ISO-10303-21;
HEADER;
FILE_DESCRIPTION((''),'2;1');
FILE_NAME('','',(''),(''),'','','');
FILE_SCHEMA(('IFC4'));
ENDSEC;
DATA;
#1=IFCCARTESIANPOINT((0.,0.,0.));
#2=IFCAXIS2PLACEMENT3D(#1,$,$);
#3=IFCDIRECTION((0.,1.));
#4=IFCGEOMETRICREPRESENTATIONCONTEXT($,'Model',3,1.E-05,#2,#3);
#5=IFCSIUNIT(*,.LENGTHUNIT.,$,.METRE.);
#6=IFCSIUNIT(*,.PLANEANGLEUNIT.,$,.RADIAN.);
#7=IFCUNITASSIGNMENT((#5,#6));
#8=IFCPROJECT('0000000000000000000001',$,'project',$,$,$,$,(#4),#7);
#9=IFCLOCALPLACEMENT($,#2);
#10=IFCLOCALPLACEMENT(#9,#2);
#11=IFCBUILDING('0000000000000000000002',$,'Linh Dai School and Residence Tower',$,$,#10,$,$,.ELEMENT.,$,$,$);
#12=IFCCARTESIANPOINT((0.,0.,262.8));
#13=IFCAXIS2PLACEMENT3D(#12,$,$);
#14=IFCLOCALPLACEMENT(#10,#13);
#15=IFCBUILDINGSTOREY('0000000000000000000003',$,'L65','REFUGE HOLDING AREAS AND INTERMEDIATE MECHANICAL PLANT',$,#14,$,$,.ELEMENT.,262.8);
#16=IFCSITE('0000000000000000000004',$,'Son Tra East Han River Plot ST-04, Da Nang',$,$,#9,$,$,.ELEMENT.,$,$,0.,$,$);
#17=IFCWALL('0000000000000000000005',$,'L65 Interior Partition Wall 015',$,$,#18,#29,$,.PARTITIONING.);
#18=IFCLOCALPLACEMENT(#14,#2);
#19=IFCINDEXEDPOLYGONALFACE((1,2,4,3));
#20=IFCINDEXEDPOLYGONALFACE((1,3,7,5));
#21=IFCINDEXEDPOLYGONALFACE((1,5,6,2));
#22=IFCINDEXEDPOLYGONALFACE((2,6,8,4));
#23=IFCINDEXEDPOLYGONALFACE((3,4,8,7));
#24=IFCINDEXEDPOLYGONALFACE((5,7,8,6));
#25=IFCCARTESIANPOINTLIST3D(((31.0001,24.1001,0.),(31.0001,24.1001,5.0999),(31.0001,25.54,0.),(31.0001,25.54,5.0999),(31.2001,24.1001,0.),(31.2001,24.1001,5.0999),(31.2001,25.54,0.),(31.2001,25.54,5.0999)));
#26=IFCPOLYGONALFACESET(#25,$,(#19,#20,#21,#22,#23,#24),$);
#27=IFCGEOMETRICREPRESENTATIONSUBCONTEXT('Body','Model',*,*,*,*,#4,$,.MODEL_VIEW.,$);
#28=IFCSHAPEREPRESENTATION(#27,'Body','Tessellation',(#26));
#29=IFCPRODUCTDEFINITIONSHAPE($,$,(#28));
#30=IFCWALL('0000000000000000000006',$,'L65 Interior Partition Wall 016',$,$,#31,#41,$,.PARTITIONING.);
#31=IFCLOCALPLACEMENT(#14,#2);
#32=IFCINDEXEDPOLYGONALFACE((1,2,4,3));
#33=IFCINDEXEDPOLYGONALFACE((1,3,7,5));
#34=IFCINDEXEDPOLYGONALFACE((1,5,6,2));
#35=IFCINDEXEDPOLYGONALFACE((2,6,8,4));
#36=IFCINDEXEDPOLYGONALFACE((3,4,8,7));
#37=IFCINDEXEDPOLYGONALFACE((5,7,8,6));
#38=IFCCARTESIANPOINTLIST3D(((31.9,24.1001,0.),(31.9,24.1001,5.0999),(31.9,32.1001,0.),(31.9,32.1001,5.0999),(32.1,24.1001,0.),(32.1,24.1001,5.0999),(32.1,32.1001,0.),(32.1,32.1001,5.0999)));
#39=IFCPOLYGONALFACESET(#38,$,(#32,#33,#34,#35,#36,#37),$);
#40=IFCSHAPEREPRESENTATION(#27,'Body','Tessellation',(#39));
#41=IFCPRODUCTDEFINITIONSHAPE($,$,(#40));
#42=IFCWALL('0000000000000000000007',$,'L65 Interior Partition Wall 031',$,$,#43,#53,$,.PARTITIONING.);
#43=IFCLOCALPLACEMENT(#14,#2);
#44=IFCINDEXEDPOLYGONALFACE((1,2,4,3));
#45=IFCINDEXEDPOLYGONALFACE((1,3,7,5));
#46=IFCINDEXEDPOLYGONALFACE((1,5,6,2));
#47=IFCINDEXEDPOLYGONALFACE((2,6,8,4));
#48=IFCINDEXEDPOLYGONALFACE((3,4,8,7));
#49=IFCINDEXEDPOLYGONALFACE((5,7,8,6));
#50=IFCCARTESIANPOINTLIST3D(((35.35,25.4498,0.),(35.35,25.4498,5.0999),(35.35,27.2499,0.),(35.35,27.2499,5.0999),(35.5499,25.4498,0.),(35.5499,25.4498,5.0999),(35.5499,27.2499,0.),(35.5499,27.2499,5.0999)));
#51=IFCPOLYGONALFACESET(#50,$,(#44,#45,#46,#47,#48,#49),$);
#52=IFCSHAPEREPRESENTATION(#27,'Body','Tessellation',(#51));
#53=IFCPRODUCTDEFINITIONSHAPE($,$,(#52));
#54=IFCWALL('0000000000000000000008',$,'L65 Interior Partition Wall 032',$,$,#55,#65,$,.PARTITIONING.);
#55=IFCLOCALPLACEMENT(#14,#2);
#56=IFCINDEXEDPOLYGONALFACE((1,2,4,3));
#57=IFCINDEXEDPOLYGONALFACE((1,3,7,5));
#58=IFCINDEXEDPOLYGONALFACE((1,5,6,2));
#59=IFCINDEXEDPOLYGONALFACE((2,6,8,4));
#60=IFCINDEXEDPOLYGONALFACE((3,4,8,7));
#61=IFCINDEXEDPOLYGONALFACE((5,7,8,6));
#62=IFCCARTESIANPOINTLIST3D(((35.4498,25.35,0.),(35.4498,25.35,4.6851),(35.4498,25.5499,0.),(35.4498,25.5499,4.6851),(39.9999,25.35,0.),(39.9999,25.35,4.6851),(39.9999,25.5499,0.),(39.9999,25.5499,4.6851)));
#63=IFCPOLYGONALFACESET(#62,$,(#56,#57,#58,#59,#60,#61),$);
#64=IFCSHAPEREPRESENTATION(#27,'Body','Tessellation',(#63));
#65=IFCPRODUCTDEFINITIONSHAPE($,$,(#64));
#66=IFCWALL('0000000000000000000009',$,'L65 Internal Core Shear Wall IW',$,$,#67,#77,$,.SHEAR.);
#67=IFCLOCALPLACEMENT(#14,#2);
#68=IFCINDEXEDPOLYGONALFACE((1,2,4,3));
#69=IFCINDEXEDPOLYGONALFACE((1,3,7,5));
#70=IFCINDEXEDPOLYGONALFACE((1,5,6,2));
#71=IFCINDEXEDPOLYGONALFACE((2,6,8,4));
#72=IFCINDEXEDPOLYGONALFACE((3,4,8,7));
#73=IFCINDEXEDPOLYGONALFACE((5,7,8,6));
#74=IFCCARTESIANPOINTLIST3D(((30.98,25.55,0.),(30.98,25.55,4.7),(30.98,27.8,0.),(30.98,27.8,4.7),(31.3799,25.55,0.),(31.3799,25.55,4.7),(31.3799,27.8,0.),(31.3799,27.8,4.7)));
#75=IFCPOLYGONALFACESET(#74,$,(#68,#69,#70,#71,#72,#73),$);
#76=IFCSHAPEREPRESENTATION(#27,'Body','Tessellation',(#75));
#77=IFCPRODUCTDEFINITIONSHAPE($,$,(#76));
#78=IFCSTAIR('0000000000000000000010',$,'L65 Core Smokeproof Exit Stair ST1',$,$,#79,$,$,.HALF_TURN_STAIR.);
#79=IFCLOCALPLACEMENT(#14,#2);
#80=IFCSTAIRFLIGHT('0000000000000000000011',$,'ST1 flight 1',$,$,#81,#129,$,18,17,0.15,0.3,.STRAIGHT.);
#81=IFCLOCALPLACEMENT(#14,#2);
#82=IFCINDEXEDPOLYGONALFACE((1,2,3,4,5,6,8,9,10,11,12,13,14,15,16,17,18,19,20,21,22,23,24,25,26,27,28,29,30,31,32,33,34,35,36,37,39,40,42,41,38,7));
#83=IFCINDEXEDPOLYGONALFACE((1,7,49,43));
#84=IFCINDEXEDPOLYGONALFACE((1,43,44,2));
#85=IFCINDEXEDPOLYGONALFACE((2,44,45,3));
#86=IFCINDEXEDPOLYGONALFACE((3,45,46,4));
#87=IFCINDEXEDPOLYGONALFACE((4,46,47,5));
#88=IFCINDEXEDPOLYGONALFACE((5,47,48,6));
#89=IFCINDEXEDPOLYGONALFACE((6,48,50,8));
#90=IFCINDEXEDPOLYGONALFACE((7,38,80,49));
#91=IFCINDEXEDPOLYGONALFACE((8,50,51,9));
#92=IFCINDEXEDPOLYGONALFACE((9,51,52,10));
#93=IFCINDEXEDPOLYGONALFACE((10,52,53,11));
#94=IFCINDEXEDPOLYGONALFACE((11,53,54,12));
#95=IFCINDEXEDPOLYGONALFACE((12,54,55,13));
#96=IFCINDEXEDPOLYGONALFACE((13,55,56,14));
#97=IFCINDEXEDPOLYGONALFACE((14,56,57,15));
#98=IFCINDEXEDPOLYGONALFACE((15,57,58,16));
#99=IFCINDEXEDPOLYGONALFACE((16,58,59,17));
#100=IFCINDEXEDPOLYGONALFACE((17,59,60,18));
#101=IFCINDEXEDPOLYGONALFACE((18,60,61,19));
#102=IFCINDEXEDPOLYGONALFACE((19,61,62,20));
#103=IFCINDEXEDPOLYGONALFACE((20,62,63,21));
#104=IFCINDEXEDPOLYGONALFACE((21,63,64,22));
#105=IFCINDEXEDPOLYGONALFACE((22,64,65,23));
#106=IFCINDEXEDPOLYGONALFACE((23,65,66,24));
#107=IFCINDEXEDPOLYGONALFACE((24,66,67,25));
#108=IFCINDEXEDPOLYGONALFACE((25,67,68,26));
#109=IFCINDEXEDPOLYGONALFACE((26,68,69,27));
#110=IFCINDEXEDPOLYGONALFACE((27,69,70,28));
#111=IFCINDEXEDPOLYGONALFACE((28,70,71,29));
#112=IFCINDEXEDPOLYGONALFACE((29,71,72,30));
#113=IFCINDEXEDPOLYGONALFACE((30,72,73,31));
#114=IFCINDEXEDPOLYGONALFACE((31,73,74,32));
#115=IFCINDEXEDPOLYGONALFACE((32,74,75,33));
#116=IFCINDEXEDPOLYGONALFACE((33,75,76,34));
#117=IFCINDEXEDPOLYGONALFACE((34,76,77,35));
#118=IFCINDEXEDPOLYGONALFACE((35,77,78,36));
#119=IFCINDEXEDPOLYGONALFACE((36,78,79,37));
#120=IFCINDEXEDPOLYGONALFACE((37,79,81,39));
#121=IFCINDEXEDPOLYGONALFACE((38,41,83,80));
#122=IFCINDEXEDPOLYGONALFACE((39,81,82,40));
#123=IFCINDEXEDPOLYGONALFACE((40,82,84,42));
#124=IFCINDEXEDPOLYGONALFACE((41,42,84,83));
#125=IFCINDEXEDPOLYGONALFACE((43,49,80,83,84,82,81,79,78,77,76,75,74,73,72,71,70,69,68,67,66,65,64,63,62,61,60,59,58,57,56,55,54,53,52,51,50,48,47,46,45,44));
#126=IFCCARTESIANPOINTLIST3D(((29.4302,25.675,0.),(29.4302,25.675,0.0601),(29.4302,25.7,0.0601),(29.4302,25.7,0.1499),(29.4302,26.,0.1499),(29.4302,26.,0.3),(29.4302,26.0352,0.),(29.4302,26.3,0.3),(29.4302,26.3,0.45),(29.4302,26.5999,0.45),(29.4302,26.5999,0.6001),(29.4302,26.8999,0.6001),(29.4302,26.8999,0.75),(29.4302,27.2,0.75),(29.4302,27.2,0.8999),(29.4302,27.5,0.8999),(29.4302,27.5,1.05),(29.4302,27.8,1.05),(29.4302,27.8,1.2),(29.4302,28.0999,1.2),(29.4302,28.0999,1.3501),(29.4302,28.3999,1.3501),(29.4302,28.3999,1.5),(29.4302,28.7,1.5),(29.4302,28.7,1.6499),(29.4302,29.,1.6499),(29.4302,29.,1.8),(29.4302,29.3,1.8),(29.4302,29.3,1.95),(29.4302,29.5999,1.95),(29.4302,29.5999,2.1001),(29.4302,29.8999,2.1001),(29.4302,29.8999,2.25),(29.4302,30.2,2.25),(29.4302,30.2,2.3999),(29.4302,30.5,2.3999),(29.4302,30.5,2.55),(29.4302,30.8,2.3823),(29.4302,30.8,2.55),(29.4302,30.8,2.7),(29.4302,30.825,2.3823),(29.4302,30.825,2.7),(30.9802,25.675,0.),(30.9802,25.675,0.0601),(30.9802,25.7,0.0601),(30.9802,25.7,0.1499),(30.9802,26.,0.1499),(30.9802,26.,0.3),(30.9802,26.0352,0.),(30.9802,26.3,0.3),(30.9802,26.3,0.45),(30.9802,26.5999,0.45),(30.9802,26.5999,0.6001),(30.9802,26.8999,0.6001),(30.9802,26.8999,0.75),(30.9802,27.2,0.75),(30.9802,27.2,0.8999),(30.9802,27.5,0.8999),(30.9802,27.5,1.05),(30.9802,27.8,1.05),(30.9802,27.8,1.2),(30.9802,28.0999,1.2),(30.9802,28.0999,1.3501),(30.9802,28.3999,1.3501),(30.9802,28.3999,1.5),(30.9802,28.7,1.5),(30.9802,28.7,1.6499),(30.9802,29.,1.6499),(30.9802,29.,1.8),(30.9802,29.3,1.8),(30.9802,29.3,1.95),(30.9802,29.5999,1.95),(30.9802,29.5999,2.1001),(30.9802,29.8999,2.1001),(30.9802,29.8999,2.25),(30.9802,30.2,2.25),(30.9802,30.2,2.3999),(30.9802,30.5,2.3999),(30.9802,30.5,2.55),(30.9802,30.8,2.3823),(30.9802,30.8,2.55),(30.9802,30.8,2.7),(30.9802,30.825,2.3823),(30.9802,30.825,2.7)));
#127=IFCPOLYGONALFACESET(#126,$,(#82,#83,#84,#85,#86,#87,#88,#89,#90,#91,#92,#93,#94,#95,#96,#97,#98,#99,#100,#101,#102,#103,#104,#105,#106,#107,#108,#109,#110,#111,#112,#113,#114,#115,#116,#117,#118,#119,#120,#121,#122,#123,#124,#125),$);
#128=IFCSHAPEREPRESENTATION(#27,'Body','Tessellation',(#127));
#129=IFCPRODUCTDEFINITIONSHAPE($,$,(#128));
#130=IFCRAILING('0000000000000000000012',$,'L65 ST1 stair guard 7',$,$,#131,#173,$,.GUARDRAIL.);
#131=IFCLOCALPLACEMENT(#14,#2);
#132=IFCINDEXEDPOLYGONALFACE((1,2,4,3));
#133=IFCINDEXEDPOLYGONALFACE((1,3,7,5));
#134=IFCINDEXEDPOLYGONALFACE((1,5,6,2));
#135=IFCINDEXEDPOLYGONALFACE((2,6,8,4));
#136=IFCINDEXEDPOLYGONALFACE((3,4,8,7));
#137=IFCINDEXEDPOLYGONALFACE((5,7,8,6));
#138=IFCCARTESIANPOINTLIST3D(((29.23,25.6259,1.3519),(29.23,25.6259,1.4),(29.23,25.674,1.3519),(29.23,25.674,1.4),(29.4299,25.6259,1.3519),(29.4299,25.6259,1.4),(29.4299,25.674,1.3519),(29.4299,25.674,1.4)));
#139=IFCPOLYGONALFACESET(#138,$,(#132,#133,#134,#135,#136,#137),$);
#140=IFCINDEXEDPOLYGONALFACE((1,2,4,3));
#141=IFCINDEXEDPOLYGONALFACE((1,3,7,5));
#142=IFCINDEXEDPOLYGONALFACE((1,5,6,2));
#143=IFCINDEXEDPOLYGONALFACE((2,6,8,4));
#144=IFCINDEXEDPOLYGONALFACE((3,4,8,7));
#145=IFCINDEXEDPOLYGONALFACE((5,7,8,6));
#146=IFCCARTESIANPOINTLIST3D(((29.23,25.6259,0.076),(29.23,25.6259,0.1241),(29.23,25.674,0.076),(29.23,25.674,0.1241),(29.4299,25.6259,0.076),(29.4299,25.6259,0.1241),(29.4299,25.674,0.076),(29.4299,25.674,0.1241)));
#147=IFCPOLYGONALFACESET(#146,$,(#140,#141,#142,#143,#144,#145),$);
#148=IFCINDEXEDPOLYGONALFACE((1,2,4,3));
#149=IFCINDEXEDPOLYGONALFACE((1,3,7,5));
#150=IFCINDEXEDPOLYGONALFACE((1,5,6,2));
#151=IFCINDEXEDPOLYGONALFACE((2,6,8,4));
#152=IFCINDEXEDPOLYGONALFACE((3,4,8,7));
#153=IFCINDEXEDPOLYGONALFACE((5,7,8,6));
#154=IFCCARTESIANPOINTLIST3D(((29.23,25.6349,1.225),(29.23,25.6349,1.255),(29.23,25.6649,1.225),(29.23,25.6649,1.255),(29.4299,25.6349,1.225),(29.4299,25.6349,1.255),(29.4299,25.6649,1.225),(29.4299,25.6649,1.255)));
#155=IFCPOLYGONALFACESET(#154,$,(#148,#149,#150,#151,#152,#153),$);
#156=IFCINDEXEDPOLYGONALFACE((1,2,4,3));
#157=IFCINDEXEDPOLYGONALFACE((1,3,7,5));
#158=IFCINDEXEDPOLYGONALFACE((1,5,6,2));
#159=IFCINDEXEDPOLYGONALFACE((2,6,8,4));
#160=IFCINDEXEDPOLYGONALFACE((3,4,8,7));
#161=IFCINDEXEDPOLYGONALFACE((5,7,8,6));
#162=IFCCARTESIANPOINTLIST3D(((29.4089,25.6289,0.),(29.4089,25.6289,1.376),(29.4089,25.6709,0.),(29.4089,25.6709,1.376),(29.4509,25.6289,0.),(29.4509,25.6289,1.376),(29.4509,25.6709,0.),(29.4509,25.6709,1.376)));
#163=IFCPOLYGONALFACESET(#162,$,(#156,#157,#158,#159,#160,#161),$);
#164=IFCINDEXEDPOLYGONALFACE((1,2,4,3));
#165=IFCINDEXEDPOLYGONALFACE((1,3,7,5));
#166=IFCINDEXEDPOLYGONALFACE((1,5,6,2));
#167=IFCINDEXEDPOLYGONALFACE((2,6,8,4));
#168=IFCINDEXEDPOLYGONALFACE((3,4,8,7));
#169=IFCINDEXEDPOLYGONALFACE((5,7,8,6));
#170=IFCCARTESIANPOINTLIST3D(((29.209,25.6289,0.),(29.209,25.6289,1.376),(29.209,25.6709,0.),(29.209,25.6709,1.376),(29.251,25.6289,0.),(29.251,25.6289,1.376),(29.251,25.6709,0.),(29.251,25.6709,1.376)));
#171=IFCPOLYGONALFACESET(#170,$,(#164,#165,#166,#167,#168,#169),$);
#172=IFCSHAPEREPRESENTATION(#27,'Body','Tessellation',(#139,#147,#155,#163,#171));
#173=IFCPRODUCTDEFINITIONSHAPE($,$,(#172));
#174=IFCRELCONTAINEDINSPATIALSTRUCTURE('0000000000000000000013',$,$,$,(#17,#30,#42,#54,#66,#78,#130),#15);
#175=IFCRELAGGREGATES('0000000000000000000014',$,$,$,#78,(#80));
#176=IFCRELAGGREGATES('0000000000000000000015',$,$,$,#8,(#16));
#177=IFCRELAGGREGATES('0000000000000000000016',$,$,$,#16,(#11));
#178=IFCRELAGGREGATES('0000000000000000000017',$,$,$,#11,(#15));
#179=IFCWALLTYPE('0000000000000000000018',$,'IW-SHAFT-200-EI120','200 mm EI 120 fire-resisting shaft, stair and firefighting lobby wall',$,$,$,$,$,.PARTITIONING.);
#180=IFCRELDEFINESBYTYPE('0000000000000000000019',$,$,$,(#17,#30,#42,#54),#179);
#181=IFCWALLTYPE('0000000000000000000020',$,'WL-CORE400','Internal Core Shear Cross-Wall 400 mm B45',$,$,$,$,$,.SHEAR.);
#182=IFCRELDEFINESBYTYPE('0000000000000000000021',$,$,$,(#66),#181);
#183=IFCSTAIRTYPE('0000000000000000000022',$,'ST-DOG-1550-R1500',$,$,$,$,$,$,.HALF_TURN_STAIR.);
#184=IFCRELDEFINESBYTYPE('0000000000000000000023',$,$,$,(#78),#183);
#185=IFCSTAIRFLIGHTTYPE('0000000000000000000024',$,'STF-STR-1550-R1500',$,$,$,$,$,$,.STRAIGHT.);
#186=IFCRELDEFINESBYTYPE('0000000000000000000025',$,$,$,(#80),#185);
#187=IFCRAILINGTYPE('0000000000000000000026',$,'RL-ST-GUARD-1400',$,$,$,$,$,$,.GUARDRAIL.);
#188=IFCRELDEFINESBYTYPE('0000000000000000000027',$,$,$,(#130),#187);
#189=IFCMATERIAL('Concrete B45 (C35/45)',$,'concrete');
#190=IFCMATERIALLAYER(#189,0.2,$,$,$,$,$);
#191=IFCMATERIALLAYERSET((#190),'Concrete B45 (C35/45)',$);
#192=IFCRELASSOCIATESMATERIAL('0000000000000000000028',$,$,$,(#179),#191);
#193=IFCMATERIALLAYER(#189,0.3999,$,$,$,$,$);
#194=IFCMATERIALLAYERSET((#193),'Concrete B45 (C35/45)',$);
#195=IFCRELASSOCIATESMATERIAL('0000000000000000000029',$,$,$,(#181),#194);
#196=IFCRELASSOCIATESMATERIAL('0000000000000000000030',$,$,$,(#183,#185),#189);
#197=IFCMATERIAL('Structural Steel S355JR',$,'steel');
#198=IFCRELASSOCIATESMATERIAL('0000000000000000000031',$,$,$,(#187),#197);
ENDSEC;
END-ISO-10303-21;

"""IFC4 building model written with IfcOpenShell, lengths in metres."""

from ifc_helpers import new_model, si_unit, direction, frame, frame_2d, origin, origin_2d, place, context, subcontext, project, spatial, polyline, rectangle, outline, extrude, source, transform, mapped, material, layer, layer_set, type_object, element, aggregate, save


model = new_model("IFC4")

# Units and contexts
model_context = context("Model", 3, precision=1e-05, world=origin(), true_north=direction((0.0, 1.0)))
body_context = subcontext(model_context, "Body", "Model", "MODEL_VIEW")
ifc_project = project(units=[si_unit("LENGTHUNIT", "METRE"), si_unit("PLANEANGLEUNIT", "RADIAN")], contexts=[model_context])

# Site, building, storey
site_placement = place(None, origin())
site = spatial("IfcSite", under=ifc_project, at=site_placement, Name="Son Tra East Han River Plot ST-04, Da Nang", CompositionType="ELEMENT", RefElevation=0.0)
building_placement = place(site_placement, origin())
building = spatial("IfcBuilding", under=site, at=building_placement, Name="Linh Dai School and Residence Tower", CompositionType="ELEMENT")
storey_placement = place(building_placement, frame((0.0, 0.0, 262.8)))
storey = spatial("IfcBuildingStorey", under=building, at=storey_placement, Name="L65", Description="REFUGE HOLDING AREAS AND INTERMEDIATE MECHANICAL PLANT", CompositionType="ELEMENT", Elevation=262.8)

# Shared definitions
ifc_material_1 = material(Name="Structural Steel S355JR", Category="steel")

# Walls
ifc_material_2 = material(Name="Concrete B45 (C35/45)", Category="concrete")
ifc_layer_1 = layer(ifc_material_2, 0.2)
ifc_layer_set_1 = layer_set([ifc_layer_1], Name="Concrete B45 (C35/45)")
wall_type_1 = type_object("IfcWallType", Name="IW-SHAFT-200-EI120", Description="200 mm EI 120 fire-resisting shaft, stair and firefighting lobby wall", PredefinedType="PARTITIONING", material=ifc_layer_set_1)
wall_1_placement = place(storey_placement, frame((31.1001, 24.1001, 0.0), z_axis=(0.0, 0.0, 1.0), x_axis=(0.0, 1.0, 0.0)))
element("IfcWall", 1, at=wall_1_placement, inside=storey, type_object=wall_type_1, Name="L65 Interior Partition Wall 015", PredefinedType="PARTITIONING", context=body_context, shape_type="SweptSolid", body=[
    extrude(rectangle(XDim=1.4399, YDim=0.2, at=frame_2d((0.72, 0.0))), origin(), (0.0, 0.0, 1.0), 5.0999),
])
wall_2_placement = place(storey_placement, frame((32.0, 24.1001, 0.0), z_axis=(0.0, 0.0, 1.0), x_axis=(0.0, 1.0, 0.0)))
element("IfcWall", 2, at=wall_2_placement, inside=storey, type_object=wall_type_1, Name="L65 Interior Partition Wall 016", PredefinedType="PARTITIONING", context=body_context, shape_type="SweptSolid", body=[
    extrude(rectangle(XDim=8.0, YDim=0.2, at=frame_2d((4.0, 0.0))), origin(), (0.0, 0.0, 1.0), 5.0999),
])

# Walls
wall_3_placement = place(storey_placement, frame((35.45, 25.45, 0.0), z_axis=(0.0, 0.0, 1.0), x_axis=(0.0, 1.0, 0.0)))
element("IfcWall", 3, at=wall_3_placement, inside=storey, type_object=wall_type_1, Name="L65 Interior Partition Wall 031", PredefinedType="PARTITIONING", context=body_context, shape_type="SweptSolid", body=[
    extrude(rectangle(XDim=1.8, YDim=0.2, at=frame_2d((0.8999, 0.0))), origin(), (0.0, 0.0, 1.0), 5.0999),
])
wall_4_placement = place(storey_placement, frame((35.45, 25.45, 0.0), z_axis=(0.0, 0.0, 1.0), x_axis=(1.0, 0.0, 0.0)))
element("IfcWall", 4, at=wall_4_placement, inside=storey, type_object=wall_type_1, Name="L65 Interior Partition Wall 032", PredefinedType="PARTITIONING", context=body_context, shape_type="SweptSolid", body=[
    extrude(rectangle(XDim=4.55, YDim=0.2, at=frame_2d((2.2749, 0.0))), origin(), (0.0, 0.0, 1.0), 4.6851),
])
ifc_layer_2 = layer(ifc_material_2, 0.3999)
ifc_layer_set_2 = layer_set([ifc_layer_2], Name="Concrete B45 (C35/45)")
wall_type_2 = type_object("IfcWallType", Name="WL-CORE400", Description="Internal Core Shear Cross-Wall 400 mm B45", PredefinedType="SHEAR", material=ifc_layer_set_2)
wall_5_placement = place(storey_placement, frame((31.1799, 25.55, 0.0), z_axis=(0.0, 0.0, 1.0), x_axis=(0.0, 1.0, 0.0)))
element("IfcWall", 5, at=wall_5_placement, inside=storey, type_object=wall_type_2, Name="L65 Internal Core Shear Wall IW", PredefinedType="SHEAR", context=body_context, shape_type="SweptSolid", body=[
    extrude(rectangle(XDim=2.25, YDim=0.3999, at=frame_2d((1.125, 0.0))), origin(), (0.0, 0.0, 1.0), 4.7),
])

# Stair, stair flight
stair_type = type_object("IfcStairType", Name="ST-DOG-1550-R1500", PredefinedType="HALF_TURN_STAIR", material=ifc_material_2)
stair_placement = place(storey_placement, origin())
stair = element("IfcStair", 6, at=stair_placement, inside=storey, type_object=stair_type, Name="L65 Core Smokeproof Exit Stair ST1", PredefinedType="HALF_TURN_STAIR")
stair_flight_type = type_object("IfcStairFlightType", Name="STF-STR-1550-R1500", PredefinedType="STRAIGHT", material=ifc_material_2)
shared_shape_1 = source(origin(), body_context, "Body", "SweptSolid", [
    extrude(outline(polyline([(-0.0249, 0.0), (-0.0249, 0.0601), (0.0, 0.0601), (0.0, 0.1499), (0.3, 0.1499), (0.3, 0.3), (0.6001, 0.3), (0.6001, 0.45), (0.8999, 0.45), (0.8999, 0.6001), (1.2, 0.6001), (1.2, 0.75), (1.5, 0.75), (1.5, 0.8999), (1.8, 0.8999), (1.8, 1.05), (2.1001, 1.05), (2.1001, 1.2), (2.3999, 1.2), (2.3999, 1.3501), (2.7, 1.3501), (2.7, 1.5), (3.0, 1.5), (3.0, 1.6499), (3.3, 1.6499), (3.3, 1.8), (3.6001, 1.8), (3.6001, 1.95), (3.8999, 1.95), (3.8999, 2.1001), (4.2, 2.1001), (4.2, 2.25), (4.5, 2.25), (4.5, 2.3999), (4.8, 2.3999), (4.8, 2.55), (5.1001, 2.55), (5.1001, 2.7), (5.125, 2.7), (5.125, 2.3823), (5.1001, 2.3823), (0.3352, 0.0), (-0.0249, 0.0)])), frame((0.0, 0.7749, 0.0), z_axis=(0.0, -1.0, 0.0), x_axis=(1.0, 0.0, 0.0)), (0.0, 0.0, 1.0), 1.55),
])
stair_flight_placement = place(storey_placement, frame((30.2051, 25.7, 0.0), z_axis=(0.0, 0.0, 1.0), x_axis=(0.0, 1.0, 0.0)))
stair_flight = element("IfcStairFlight", 7, at=stair_flight_placement, type_object=stair_flight_type, Name="ST1 flight 1", NumberOfRisers=18, NumberOfTreads=17, PredefinedType="STRAIGHT", RiserHeight=0.15, TreadLength=0.3, context=body_context, shape_type="MappedRepresentation", body=[
    mapped(shared_shape_1, transform((0.0, 0.0, 0.0), x_axis=(1.0, 0.0, 0.0), y_axis=(0.0, 1.0, 0.0), z_axis=(0.0, 0.0, 1.0), scale=1.0)),
])
aggregate(stair, [stair_flight])

# Railing
railing_type_1 = type_object("IfcRailingType", Name="RL-ST-GUARD-1400", PredefinedType="GUARDRAIL", material=ifc_material_1)
shared_shape_2 = source(origin(), body_context, "Body", "SweptSolid", [
    extrude(rectangle(XDim=0.0481, YDim=0.0481, at=origin_2d()), frame((0.0, 0.0, 1.376), z_axis=(-1.0, 0.0, 0.0), x_axis=(0.0, -1.0, 0.0)), (0.0, 0.0, 1.0), 0.2),
    extrude(rectangle(XDim=0.0481, YDim=0.0481, at=origin_2d()), frame((0.0, 0.0, 0.1001), z_axis=(-1.0, 0.0, 0.0), x_axis=(0.0, -1.0, 0.0)), (0.0, 0.0, 1.0), 0.2),
    extrude(rectangle(XDim=0.03, YDim=0.03, at=origin_2d()), frame((0.0, 0.0, 1.24), z_axis=(-1.0, 0.0, 0.0), x_axis=(0.0, -1.0, 0.0)), (0.0, 0.0, 1.0), 0.2),
    extrude(rectangle(XDim=0.042, YDim=0.042, at=origin_2d()), origin(), (0.0, 0.0, 1.0), 1.376),
    extrude(rectangle(XDim=0.042, YDim=0.042, at=origin_2d()), frame((-0.2, 0.0, 0.0)), (0.0, 0.0, 1.0), 1.376),
])
railing_1_placement = place(storey_placement, frame((29.4299, 25.6499, 0.0)))
element("IfcRailing", 8, at=railing_1_placement, inside=storey, type_object=railing_type_1, Name="L65 ST1 stair guard 7", PredefinedType="GUARDRAIL", context=body_context, shape_type="MappedRepresentation", body=[
    mapped(shared_shape_2, transform((0.0, 0.0, 0.0), x_axis=(1.0, 0.0, 0.0), y_axis=(0.0, 1.0, 0.0), z_axis=(0.0, 0.0, 1.0), scale=1.0)),
])

save(model, "model.ifc")
